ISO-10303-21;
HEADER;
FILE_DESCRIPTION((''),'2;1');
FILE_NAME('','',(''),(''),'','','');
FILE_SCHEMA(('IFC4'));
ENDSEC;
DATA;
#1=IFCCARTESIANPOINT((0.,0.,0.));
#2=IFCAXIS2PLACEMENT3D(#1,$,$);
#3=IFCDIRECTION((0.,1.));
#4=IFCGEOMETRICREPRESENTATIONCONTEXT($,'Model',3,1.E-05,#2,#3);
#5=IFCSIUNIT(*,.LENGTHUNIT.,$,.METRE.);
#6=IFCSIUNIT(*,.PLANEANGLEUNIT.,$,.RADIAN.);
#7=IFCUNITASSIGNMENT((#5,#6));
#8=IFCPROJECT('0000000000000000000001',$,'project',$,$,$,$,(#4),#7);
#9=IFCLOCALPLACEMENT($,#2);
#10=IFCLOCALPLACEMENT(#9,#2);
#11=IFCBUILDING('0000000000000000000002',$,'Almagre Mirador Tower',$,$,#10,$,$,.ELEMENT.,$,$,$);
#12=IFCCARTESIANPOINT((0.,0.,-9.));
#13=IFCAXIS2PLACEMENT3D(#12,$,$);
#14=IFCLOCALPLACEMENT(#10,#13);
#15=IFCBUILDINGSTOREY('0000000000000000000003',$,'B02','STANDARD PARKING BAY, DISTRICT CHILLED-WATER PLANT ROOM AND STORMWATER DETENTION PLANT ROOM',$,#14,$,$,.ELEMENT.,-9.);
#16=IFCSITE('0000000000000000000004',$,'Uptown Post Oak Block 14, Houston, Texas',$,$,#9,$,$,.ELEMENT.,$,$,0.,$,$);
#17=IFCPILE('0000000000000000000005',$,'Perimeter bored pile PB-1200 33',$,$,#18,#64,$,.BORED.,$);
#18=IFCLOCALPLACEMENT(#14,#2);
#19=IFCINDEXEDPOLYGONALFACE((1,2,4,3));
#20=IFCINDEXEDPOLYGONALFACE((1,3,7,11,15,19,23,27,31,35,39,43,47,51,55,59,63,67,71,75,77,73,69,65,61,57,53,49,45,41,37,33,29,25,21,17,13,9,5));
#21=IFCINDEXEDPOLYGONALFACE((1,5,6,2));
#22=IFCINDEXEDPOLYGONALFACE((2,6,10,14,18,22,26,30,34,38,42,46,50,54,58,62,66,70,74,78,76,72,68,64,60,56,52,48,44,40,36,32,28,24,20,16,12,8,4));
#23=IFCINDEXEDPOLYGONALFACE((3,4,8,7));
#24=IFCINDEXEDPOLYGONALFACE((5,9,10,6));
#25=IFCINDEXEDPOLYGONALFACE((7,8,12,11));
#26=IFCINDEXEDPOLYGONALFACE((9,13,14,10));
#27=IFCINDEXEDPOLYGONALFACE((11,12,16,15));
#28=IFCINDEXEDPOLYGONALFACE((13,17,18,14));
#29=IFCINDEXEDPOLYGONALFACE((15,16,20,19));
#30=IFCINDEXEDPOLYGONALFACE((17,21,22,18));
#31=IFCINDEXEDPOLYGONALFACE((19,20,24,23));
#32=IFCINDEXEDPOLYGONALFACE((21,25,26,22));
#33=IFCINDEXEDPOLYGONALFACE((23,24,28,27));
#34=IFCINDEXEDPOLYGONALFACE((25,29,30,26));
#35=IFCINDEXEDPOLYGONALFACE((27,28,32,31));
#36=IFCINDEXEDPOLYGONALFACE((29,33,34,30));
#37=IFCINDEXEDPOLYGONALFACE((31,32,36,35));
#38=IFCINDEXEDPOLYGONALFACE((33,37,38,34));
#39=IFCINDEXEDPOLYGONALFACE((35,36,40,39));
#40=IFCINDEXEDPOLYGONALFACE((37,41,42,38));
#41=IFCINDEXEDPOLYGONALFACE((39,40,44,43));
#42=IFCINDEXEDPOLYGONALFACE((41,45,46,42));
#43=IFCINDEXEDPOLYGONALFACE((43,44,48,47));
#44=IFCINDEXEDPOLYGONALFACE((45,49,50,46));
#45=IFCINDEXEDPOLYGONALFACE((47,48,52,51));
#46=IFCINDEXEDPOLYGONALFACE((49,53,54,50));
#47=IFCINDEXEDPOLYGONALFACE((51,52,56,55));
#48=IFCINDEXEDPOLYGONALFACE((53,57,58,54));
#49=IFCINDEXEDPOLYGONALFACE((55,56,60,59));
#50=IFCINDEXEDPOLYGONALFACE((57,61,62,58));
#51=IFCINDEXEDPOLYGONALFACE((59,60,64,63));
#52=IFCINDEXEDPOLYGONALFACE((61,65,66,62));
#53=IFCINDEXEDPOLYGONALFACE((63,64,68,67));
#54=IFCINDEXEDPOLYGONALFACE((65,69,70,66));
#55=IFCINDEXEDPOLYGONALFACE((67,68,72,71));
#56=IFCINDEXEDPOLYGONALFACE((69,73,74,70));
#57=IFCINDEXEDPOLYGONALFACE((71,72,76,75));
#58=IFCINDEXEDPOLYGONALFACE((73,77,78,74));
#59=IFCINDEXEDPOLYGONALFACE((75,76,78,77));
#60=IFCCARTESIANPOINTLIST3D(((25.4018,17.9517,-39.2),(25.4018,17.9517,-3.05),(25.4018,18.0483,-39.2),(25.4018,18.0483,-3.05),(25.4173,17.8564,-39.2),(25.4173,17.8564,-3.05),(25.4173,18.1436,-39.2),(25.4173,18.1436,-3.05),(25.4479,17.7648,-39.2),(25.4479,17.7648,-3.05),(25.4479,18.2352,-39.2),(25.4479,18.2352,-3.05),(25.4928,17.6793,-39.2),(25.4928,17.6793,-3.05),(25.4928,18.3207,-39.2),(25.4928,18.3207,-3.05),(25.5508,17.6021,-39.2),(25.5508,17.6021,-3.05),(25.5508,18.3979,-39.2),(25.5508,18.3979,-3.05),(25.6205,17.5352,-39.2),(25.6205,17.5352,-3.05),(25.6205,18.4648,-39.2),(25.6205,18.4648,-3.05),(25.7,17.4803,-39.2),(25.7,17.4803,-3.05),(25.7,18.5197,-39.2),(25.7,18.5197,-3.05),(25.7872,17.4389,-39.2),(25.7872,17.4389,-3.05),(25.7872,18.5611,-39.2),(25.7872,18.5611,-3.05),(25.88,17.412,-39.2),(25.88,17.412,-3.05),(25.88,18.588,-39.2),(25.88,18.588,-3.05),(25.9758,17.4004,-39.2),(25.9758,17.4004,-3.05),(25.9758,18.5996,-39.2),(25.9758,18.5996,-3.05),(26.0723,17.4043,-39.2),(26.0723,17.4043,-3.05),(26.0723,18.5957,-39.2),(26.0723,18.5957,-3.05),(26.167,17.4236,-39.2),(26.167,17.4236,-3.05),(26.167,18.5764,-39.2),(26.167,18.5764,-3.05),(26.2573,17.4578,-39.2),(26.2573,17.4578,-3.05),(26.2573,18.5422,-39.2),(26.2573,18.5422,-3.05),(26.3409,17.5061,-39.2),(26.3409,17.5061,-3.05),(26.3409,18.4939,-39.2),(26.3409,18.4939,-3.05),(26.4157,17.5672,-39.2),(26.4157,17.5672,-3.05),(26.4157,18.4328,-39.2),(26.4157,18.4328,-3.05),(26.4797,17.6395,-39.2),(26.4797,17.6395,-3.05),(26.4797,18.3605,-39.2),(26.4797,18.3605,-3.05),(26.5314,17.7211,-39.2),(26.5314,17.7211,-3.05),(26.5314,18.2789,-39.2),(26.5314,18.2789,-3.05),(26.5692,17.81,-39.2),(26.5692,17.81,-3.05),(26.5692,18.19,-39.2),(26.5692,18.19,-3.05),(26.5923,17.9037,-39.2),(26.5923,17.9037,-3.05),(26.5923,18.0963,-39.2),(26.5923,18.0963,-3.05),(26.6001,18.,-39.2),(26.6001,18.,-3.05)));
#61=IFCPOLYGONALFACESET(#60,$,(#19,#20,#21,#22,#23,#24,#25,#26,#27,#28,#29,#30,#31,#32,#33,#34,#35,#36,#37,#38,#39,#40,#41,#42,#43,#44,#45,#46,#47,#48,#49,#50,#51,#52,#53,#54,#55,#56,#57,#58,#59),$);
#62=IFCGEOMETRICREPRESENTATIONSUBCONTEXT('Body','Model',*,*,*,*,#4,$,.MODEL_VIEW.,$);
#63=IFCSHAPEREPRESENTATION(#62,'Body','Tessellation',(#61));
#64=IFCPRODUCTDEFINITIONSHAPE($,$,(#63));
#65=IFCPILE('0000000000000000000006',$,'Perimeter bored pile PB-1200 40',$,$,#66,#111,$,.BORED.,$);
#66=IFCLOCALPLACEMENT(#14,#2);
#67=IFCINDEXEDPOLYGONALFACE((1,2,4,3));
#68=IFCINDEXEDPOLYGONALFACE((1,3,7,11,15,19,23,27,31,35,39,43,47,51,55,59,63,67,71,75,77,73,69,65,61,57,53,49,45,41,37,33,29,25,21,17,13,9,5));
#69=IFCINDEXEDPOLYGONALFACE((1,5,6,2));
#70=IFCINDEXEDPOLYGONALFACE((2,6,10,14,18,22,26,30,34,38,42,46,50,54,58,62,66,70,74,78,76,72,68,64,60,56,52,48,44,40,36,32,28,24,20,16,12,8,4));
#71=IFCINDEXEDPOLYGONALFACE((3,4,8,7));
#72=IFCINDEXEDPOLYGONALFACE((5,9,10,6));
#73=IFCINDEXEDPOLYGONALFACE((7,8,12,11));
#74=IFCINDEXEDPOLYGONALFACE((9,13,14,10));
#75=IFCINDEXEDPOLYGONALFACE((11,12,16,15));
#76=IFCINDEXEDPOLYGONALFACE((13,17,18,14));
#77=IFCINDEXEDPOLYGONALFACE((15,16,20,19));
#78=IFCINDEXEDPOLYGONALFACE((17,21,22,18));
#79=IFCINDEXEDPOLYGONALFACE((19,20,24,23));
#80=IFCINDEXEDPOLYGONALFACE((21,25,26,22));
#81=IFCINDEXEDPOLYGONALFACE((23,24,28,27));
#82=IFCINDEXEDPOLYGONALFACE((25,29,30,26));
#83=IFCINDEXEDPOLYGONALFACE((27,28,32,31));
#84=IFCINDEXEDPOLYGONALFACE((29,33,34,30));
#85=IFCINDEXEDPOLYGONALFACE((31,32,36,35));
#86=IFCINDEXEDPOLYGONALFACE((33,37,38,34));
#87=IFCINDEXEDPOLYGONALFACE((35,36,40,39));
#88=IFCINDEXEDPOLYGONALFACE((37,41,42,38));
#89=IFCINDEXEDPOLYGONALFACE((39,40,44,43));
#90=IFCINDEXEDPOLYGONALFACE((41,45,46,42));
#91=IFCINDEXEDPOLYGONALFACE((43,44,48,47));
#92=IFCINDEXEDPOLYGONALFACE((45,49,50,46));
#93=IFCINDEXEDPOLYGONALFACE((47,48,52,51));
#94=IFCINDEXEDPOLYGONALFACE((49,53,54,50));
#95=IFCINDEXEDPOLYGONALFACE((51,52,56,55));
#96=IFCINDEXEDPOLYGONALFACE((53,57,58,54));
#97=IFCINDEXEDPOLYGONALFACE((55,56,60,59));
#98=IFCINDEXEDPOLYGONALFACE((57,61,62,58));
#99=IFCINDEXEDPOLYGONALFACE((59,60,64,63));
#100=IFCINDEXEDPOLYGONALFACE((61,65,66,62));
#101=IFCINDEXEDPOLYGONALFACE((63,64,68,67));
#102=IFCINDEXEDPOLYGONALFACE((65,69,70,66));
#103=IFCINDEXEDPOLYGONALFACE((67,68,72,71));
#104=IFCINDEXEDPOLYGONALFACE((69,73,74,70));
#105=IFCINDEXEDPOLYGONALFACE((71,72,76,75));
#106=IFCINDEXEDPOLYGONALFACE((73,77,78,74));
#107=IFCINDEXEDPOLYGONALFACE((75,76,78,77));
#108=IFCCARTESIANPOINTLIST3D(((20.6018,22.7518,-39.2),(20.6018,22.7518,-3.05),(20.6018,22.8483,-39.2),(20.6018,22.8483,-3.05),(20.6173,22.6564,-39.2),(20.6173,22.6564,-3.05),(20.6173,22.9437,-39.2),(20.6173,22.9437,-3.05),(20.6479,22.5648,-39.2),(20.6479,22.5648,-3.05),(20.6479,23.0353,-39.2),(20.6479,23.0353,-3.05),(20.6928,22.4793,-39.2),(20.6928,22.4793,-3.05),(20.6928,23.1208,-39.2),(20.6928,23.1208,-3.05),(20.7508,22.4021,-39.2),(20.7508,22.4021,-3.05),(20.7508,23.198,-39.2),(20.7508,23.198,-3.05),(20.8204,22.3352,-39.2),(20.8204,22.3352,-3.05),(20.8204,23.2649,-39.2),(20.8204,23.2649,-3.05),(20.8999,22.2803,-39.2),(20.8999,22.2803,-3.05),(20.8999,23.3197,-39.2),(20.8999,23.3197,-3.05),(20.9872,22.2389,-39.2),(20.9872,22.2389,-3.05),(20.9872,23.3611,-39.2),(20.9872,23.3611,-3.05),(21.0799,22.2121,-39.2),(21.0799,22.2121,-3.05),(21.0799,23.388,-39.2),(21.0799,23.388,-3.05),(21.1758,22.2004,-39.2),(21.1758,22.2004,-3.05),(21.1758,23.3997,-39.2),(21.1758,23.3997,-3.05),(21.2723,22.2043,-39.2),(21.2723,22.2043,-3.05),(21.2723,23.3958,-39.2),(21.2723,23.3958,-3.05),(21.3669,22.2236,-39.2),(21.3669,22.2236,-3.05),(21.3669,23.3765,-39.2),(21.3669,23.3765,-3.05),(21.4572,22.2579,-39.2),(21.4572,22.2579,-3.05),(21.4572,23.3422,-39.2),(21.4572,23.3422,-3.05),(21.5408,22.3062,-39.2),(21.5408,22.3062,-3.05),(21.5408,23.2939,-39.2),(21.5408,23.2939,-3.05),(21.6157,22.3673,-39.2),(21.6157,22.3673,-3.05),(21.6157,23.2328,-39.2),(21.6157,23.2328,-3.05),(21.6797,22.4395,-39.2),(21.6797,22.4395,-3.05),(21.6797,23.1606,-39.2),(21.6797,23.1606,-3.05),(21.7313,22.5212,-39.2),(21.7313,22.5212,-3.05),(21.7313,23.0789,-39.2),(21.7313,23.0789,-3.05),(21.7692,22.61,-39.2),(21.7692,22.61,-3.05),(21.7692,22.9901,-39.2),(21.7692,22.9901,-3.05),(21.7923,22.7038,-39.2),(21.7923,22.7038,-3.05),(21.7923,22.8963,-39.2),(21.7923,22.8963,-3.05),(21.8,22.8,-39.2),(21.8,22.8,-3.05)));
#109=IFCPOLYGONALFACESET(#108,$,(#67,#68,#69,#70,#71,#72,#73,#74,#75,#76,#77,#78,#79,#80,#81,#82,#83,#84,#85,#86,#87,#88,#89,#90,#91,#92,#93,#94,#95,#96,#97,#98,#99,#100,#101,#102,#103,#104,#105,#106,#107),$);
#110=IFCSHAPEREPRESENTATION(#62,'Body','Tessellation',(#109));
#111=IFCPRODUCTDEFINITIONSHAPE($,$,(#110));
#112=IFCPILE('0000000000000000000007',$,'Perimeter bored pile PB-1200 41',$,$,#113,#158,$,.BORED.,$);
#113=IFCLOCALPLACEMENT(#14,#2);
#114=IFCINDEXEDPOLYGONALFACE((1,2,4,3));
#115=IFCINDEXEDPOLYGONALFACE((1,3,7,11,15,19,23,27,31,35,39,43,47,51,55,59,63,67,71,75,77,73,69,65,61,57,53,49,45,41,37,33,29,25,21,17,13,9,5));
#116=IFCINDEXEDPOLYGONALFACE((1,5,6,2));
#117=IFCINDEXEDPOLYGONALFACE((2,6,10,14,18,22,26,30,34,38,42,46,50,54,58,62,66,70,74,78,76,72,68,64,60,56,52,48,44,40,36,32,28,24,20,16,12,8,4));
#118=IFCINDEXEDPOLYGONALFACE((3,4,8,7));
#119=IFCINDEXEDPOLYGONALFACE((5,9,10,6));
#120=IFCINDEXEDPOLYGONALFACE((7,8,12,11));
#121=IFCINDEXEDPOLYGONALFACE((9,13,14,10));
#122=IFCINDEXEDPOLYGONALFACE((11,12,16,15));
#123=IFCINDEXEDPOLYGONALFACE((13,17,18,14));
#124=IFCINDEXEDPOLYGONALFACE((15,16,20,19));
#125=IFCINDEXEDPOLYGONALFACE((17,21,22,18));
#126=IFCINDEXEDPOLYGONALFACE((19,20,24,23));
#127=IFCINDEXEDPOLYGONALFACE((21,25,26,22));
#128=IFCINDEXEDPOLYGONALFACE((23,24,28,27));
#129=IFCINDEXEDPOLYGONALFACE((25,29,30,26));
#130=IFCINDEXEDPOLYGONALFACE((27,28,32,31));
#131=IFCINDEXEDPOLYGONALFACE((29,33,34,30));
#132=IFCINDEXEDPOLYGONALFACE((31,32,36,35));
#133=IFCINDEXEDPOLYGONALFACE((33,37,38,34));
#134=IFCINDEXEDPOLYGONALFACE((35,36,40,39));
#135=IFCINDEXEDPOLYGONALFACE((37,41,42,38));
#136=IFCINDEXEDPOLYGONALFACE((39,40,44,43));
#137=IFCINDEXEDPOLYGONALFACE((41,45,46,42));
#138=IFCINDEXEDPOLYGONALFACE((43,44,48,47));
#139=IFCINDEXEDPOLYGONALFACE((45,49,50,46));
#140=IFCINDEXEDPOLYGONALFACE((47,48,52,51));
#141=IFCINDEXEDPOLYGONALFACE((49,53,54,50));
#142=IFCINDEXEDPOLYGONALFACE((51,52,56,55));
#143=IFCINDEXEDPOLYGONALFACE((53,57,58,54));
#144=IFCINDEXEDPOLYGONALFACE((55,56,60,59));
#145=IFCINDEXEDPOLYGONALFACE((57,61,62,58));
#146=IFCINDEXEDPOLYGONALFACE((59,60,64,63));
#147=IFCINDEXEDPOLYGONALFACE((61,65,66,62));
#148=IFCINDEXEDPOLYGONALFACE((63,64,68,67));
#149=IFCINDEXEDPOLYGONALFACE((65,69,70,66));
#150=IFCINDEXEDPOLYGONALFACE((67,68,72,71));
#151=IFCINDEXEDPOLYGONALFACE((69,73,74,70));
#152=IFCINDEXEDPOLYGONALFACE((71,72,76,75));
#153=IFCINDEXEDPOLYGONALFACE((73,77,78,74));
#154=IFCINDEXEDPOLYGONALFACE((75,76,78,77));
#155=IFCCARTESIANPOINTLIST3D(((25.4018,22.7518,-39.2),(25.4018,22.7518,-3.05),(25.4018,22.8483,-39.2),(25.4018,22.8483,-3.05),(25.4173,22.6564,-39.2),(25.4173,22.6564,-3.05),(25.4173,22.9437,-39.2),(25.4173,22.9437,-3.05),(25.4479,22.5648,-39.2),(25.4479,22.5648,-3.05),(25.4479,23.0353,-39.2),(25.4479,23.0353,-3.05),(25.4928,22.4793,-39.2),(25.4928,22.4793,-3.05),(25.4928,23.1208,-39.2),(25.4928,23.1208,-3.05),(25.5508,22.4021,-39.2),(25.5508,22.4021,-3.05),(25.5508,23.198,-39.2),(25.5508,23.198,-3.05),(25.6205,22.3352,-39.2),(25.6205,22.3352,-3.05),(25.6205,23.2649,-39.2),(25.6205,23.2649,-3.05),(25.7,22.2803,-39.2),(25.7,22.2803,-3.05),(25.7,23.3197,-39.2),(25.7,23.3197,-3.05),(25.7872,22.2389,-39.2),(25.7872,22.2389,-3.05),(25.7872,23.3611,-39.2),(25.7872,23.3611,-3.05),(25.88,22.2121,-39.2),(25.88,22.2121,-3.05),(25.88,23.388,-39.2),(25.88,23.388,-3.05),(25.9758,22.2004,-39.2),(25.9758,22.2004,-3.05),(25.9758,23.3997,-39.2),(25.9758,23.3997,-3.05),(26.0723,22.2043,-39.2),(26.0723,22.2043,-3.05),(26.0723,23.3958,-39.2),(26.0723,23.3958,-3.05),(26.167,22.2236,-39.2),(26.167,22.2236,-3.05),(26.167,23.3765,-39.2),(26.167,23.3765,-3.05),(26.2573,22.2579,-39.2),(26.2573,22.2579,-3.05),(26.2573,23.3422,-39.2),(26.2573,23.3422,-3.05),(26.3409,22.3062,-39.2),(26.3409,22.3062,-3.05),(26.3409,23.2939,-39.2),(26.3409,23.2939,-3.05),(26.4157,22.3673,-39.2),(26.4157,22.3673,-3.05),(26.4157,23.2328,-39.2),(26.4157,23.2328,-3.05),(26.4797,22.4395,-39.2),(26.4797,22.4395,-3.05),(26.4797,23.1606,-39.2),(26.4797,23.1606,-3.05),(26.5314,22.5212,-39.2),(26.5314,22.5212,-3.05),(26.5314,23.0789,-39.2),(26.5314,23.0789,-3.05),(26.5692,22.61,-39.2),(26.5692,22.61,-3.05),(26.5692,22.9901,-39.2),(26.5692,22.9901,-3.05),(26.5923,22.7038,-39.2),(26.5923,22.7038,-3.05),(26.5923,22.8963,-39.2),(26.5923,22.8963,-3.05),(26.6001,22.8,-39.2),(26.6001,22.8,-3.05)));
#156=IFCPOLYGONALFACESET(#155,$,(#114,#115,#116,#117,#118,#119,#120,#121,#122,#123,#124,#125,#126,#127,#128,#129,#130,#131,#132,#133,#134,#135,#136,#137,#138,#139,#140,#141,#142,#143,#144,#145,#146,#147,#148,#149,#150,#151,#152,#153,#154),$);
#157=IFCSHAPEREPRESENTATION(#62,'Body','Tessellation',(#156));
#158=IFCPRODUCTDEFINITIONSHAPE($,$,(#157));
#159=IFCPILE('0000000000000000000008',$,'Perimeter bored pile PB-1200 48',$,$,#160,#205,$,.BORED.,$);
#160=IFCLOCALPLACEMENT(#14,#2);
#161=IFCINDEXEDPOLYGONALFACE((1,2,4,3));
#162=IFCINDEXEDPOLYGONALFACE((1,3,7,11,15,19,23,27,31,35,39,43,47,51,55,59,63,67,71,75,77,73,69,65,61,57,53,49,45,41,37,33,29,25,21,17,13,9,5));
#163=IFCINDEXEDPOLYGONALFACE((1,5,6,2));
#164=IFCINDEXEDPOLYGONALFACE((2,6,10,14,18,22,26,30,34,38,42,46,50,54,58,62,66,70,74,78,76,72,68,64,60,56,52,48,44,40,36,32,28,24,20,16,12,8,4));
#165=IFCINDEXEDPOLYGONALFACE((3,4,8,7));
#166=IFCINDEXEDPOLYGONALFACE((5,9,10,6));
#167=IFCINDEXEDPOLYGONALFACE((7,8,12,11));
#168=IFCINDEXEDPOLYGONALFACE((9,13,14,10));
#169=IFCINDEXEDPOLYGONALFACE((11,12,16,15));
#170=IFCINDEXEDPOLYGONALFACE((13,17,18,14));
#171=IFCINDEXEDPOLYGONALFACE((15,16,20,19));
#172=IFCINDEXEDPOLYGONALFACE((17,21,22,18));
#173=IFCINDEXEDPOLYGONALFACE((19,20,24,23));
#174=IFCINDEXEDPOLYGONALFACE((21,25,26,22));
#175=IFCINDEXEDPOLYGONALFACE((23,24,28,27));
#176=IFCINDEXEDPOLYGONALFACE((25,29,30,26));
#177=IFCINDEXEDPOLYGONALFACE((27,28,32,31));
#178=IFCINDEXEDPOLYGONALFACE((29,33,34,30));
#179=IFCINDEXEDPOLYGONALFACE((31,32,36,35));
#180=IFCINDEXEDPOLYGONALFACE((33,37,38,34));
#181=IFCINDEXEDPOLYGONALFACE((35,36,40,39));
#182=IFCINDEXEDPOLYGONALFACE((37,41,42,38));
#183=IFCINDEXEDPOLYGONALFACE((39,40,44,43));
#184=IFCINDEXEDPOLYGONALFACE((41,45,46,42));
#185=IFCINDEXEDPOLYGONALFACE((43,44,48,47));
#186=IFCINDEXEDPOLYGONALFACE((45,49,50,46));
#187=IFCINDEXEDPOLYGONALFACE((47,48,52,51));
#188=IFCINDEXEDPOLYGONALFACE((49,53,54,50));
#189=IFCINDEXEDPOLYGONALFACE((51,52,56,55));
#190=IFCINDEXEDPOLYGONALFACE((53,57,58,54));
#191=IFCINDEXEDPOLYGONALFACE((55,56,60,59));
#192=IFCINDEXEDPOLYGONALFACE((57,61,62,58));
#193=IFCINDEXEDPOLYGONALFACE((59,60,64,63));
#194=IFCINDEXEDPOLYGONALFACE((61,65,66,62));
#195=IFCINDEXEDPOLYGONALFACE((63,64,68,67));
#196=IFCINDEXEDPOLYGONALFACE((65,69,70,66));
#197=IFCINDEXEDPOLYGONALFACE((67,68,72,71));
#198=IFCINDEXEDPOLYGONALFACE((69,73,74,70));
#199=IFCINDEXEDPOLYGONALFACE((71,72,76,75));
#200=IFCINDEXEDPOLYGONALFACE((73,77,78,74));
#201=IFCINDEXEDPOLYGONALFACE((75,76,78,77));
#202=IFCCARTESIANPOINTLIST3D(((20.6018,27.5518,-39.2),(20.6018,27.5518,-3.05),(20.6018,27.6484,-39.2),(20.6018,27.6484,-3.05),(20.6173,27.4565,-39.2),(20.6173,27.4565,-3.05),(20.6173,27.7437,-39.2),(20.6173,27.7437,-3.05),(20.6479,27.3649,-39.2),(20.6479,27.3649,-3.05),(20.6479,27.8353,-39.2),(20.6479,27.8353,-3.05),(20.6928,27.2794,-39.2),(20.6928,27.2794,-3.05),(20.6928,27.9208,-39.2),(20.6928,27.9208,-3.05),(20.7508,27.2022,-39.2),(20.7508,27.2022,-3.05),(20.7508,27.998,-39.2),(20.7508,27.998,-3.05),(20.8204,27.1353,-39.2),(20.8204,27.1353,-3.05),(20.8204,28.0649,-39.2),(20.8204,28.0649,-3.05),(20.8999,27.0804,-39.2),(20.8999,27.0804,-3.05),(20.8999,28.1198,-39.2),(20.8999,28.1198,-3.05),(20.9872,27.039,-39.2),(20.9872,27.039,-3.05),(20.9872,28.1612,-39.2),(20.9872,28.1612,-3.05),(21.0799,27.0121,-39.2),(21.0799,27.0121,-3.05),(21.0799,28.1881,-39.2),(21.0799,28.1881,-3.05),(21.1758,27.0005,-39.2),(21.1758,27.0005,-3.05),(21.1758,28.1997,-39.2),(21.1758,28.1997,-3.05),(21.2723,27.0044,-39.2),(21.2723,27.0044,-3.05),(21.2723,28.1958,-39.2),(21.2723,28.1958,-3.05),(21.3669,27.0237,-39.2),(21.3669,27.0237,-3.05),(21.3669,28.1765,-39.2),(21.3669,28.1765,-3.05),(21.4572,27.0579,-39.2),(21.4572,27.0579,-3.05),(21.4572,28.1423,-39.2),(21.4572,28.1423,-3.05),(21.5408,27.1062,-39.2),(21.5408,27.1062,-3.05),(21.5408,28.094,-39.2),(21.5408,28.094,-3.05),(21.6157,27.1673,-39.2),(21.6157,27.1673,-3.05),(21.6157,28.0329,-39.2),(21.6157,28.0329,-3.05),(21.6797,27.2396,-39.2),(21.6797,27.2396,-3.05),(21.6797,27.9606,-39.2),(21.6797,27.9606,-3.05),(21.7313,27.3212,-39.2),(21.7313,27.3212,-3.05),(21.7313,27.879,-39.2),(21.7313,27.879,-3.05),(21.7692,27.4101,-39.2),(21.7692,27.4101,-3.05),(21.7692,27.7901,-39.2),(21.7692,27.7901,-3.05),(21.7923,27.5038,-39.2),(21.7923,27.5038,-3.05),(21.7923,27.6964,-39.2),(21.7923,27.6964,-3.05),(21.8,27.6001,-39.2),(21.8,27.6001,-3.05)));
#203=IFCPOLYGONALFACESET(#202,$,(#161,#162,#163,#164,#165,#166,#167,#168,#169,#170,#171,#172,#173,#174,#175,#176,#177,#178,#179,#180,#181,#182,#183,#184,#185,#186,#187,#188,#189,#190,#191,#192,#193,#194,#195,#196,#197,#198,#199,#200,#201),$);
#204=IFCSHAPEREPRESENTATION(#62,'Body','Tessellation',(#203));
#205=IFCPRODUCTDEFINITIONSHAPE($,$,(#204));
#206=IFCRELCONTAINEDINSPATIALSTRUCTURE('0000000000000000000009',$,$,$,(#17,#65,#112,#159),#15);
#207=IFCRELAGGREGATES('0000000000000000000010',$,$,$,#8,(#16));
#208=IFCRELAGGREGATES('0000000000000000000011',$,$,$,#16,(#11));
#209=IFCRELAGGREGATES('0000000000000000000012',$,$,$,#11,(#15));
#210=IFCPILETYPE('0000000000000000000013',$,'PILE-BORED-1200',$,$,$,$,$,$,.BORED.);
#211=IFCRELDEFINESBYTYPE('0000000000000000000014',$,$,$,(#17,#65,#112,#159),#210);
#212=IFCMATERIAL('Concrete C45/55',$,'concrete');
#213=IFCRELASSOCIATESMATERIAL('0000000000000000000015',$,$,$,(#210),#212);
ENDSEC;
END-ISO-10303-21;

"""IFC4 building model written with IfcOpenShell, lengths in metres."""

from ifc_helpers import new_model, si_unit, direction, frame, origin, origin_2d, place, context, subcontext, project, spatial, circle, extrude, material, material_profile, profile_set, type_object, element, save


model = new_model("IFC4")

# Units and contexts
model_context = context("Model", 3, precision=1e-05, world=origin(), true_north=direction((0.0, 1.0)))
body_context = subcontext(model_context, "Body", "Model", "MODEL_VIEW")
ifc_project = project(units=[si_unit("LENGTHUNIT", "METRE"), si_unit("PLANEANGLEUNIT", "RADIAN")], contexts=[model_context])

# Site, building, storey
site_placement = place(None, origin())
site = spatial("IfcSite", under=ifc_project, at=site_placement, Name="Uptown Post Oak Block 14, Houston, Texas", CompositionType="ELEMENT", RefElevation=0.0)
building_placement = place(site_placement, origin())
building = spatial("IfcBuilding", under=site, at=building_placement, Name="Almagre Mirador Tower", CompositionType="ELEMENT")
storey_placement = place(building_placement, frame((0.0, 0.0, -9.0)))
storey = spatial("IfcBuildingStorey", under=building, at=storey_placement, Name="B02", Description="STANDARD PARKING BAY, DISTRICT CHILLED-WATER PLANT ROOM AND STORMWATER DETENTION PLANT ROOM", CompositionType="ELEMENT", Elevation=-9.0)

# Piles
ifc_material_1 = material(Name="Concrete C45/55", Category="concrete")
ifc_material_profile_1 = material_profile(ifc_material_1, circle(Radius=0.6001, at=origin_2d()), Name="PILE1200D")
ifc_profile_set_1 = profile_set([ifc_material_profile_1], Name="Concrete C45/55")
pile_type = type_object("IfcPileType", Name="PILE-BORED-1200", PredefinedType="BORED", material=ifc_profile_set_1)
for number, where, z_axis, x_axis, name in (
    (1, (26.0, 18.0, -3.05), (0.0, 0.0, -1.0), (1.0, 0.0, 0.0), "Perimeter bored pile PB-1200 33"),
    (2, (21.2, 22.8, -3.05), (0.0, 0.0, -1.0), (1.0, 0.0, 0.0), "Perimeter bored pile PB-1200 40"),
    (3, (26.0, 22.8, -3.05), (0.0, 0.0, -1.0), (1.0, 0.0, 0.0), "Perimeter bored pile PB-1200 41"),
    (4, (21.2, 27.6001, -3.05), (0.0, 0.0, -1.0), (1.0, 0.0, 0.0), "Perimeter bored pile PB-1200 48"),
):
    element("IfcPile", number, at=place(storey_placement, frame(where, z_axis=z_axis, x_axis=x_axis)), inside=storey, type_object=pile_type, Name=name, PredefinedType="BORED", context=body_context, shape_type="SweptSolid", body=[
        extrude(circle(Radius=0.6001, at=origin_2d()), origin(), (0.0, 0.0, 1.0), 36.1499),
    ])

save(model, "model.ifc")
